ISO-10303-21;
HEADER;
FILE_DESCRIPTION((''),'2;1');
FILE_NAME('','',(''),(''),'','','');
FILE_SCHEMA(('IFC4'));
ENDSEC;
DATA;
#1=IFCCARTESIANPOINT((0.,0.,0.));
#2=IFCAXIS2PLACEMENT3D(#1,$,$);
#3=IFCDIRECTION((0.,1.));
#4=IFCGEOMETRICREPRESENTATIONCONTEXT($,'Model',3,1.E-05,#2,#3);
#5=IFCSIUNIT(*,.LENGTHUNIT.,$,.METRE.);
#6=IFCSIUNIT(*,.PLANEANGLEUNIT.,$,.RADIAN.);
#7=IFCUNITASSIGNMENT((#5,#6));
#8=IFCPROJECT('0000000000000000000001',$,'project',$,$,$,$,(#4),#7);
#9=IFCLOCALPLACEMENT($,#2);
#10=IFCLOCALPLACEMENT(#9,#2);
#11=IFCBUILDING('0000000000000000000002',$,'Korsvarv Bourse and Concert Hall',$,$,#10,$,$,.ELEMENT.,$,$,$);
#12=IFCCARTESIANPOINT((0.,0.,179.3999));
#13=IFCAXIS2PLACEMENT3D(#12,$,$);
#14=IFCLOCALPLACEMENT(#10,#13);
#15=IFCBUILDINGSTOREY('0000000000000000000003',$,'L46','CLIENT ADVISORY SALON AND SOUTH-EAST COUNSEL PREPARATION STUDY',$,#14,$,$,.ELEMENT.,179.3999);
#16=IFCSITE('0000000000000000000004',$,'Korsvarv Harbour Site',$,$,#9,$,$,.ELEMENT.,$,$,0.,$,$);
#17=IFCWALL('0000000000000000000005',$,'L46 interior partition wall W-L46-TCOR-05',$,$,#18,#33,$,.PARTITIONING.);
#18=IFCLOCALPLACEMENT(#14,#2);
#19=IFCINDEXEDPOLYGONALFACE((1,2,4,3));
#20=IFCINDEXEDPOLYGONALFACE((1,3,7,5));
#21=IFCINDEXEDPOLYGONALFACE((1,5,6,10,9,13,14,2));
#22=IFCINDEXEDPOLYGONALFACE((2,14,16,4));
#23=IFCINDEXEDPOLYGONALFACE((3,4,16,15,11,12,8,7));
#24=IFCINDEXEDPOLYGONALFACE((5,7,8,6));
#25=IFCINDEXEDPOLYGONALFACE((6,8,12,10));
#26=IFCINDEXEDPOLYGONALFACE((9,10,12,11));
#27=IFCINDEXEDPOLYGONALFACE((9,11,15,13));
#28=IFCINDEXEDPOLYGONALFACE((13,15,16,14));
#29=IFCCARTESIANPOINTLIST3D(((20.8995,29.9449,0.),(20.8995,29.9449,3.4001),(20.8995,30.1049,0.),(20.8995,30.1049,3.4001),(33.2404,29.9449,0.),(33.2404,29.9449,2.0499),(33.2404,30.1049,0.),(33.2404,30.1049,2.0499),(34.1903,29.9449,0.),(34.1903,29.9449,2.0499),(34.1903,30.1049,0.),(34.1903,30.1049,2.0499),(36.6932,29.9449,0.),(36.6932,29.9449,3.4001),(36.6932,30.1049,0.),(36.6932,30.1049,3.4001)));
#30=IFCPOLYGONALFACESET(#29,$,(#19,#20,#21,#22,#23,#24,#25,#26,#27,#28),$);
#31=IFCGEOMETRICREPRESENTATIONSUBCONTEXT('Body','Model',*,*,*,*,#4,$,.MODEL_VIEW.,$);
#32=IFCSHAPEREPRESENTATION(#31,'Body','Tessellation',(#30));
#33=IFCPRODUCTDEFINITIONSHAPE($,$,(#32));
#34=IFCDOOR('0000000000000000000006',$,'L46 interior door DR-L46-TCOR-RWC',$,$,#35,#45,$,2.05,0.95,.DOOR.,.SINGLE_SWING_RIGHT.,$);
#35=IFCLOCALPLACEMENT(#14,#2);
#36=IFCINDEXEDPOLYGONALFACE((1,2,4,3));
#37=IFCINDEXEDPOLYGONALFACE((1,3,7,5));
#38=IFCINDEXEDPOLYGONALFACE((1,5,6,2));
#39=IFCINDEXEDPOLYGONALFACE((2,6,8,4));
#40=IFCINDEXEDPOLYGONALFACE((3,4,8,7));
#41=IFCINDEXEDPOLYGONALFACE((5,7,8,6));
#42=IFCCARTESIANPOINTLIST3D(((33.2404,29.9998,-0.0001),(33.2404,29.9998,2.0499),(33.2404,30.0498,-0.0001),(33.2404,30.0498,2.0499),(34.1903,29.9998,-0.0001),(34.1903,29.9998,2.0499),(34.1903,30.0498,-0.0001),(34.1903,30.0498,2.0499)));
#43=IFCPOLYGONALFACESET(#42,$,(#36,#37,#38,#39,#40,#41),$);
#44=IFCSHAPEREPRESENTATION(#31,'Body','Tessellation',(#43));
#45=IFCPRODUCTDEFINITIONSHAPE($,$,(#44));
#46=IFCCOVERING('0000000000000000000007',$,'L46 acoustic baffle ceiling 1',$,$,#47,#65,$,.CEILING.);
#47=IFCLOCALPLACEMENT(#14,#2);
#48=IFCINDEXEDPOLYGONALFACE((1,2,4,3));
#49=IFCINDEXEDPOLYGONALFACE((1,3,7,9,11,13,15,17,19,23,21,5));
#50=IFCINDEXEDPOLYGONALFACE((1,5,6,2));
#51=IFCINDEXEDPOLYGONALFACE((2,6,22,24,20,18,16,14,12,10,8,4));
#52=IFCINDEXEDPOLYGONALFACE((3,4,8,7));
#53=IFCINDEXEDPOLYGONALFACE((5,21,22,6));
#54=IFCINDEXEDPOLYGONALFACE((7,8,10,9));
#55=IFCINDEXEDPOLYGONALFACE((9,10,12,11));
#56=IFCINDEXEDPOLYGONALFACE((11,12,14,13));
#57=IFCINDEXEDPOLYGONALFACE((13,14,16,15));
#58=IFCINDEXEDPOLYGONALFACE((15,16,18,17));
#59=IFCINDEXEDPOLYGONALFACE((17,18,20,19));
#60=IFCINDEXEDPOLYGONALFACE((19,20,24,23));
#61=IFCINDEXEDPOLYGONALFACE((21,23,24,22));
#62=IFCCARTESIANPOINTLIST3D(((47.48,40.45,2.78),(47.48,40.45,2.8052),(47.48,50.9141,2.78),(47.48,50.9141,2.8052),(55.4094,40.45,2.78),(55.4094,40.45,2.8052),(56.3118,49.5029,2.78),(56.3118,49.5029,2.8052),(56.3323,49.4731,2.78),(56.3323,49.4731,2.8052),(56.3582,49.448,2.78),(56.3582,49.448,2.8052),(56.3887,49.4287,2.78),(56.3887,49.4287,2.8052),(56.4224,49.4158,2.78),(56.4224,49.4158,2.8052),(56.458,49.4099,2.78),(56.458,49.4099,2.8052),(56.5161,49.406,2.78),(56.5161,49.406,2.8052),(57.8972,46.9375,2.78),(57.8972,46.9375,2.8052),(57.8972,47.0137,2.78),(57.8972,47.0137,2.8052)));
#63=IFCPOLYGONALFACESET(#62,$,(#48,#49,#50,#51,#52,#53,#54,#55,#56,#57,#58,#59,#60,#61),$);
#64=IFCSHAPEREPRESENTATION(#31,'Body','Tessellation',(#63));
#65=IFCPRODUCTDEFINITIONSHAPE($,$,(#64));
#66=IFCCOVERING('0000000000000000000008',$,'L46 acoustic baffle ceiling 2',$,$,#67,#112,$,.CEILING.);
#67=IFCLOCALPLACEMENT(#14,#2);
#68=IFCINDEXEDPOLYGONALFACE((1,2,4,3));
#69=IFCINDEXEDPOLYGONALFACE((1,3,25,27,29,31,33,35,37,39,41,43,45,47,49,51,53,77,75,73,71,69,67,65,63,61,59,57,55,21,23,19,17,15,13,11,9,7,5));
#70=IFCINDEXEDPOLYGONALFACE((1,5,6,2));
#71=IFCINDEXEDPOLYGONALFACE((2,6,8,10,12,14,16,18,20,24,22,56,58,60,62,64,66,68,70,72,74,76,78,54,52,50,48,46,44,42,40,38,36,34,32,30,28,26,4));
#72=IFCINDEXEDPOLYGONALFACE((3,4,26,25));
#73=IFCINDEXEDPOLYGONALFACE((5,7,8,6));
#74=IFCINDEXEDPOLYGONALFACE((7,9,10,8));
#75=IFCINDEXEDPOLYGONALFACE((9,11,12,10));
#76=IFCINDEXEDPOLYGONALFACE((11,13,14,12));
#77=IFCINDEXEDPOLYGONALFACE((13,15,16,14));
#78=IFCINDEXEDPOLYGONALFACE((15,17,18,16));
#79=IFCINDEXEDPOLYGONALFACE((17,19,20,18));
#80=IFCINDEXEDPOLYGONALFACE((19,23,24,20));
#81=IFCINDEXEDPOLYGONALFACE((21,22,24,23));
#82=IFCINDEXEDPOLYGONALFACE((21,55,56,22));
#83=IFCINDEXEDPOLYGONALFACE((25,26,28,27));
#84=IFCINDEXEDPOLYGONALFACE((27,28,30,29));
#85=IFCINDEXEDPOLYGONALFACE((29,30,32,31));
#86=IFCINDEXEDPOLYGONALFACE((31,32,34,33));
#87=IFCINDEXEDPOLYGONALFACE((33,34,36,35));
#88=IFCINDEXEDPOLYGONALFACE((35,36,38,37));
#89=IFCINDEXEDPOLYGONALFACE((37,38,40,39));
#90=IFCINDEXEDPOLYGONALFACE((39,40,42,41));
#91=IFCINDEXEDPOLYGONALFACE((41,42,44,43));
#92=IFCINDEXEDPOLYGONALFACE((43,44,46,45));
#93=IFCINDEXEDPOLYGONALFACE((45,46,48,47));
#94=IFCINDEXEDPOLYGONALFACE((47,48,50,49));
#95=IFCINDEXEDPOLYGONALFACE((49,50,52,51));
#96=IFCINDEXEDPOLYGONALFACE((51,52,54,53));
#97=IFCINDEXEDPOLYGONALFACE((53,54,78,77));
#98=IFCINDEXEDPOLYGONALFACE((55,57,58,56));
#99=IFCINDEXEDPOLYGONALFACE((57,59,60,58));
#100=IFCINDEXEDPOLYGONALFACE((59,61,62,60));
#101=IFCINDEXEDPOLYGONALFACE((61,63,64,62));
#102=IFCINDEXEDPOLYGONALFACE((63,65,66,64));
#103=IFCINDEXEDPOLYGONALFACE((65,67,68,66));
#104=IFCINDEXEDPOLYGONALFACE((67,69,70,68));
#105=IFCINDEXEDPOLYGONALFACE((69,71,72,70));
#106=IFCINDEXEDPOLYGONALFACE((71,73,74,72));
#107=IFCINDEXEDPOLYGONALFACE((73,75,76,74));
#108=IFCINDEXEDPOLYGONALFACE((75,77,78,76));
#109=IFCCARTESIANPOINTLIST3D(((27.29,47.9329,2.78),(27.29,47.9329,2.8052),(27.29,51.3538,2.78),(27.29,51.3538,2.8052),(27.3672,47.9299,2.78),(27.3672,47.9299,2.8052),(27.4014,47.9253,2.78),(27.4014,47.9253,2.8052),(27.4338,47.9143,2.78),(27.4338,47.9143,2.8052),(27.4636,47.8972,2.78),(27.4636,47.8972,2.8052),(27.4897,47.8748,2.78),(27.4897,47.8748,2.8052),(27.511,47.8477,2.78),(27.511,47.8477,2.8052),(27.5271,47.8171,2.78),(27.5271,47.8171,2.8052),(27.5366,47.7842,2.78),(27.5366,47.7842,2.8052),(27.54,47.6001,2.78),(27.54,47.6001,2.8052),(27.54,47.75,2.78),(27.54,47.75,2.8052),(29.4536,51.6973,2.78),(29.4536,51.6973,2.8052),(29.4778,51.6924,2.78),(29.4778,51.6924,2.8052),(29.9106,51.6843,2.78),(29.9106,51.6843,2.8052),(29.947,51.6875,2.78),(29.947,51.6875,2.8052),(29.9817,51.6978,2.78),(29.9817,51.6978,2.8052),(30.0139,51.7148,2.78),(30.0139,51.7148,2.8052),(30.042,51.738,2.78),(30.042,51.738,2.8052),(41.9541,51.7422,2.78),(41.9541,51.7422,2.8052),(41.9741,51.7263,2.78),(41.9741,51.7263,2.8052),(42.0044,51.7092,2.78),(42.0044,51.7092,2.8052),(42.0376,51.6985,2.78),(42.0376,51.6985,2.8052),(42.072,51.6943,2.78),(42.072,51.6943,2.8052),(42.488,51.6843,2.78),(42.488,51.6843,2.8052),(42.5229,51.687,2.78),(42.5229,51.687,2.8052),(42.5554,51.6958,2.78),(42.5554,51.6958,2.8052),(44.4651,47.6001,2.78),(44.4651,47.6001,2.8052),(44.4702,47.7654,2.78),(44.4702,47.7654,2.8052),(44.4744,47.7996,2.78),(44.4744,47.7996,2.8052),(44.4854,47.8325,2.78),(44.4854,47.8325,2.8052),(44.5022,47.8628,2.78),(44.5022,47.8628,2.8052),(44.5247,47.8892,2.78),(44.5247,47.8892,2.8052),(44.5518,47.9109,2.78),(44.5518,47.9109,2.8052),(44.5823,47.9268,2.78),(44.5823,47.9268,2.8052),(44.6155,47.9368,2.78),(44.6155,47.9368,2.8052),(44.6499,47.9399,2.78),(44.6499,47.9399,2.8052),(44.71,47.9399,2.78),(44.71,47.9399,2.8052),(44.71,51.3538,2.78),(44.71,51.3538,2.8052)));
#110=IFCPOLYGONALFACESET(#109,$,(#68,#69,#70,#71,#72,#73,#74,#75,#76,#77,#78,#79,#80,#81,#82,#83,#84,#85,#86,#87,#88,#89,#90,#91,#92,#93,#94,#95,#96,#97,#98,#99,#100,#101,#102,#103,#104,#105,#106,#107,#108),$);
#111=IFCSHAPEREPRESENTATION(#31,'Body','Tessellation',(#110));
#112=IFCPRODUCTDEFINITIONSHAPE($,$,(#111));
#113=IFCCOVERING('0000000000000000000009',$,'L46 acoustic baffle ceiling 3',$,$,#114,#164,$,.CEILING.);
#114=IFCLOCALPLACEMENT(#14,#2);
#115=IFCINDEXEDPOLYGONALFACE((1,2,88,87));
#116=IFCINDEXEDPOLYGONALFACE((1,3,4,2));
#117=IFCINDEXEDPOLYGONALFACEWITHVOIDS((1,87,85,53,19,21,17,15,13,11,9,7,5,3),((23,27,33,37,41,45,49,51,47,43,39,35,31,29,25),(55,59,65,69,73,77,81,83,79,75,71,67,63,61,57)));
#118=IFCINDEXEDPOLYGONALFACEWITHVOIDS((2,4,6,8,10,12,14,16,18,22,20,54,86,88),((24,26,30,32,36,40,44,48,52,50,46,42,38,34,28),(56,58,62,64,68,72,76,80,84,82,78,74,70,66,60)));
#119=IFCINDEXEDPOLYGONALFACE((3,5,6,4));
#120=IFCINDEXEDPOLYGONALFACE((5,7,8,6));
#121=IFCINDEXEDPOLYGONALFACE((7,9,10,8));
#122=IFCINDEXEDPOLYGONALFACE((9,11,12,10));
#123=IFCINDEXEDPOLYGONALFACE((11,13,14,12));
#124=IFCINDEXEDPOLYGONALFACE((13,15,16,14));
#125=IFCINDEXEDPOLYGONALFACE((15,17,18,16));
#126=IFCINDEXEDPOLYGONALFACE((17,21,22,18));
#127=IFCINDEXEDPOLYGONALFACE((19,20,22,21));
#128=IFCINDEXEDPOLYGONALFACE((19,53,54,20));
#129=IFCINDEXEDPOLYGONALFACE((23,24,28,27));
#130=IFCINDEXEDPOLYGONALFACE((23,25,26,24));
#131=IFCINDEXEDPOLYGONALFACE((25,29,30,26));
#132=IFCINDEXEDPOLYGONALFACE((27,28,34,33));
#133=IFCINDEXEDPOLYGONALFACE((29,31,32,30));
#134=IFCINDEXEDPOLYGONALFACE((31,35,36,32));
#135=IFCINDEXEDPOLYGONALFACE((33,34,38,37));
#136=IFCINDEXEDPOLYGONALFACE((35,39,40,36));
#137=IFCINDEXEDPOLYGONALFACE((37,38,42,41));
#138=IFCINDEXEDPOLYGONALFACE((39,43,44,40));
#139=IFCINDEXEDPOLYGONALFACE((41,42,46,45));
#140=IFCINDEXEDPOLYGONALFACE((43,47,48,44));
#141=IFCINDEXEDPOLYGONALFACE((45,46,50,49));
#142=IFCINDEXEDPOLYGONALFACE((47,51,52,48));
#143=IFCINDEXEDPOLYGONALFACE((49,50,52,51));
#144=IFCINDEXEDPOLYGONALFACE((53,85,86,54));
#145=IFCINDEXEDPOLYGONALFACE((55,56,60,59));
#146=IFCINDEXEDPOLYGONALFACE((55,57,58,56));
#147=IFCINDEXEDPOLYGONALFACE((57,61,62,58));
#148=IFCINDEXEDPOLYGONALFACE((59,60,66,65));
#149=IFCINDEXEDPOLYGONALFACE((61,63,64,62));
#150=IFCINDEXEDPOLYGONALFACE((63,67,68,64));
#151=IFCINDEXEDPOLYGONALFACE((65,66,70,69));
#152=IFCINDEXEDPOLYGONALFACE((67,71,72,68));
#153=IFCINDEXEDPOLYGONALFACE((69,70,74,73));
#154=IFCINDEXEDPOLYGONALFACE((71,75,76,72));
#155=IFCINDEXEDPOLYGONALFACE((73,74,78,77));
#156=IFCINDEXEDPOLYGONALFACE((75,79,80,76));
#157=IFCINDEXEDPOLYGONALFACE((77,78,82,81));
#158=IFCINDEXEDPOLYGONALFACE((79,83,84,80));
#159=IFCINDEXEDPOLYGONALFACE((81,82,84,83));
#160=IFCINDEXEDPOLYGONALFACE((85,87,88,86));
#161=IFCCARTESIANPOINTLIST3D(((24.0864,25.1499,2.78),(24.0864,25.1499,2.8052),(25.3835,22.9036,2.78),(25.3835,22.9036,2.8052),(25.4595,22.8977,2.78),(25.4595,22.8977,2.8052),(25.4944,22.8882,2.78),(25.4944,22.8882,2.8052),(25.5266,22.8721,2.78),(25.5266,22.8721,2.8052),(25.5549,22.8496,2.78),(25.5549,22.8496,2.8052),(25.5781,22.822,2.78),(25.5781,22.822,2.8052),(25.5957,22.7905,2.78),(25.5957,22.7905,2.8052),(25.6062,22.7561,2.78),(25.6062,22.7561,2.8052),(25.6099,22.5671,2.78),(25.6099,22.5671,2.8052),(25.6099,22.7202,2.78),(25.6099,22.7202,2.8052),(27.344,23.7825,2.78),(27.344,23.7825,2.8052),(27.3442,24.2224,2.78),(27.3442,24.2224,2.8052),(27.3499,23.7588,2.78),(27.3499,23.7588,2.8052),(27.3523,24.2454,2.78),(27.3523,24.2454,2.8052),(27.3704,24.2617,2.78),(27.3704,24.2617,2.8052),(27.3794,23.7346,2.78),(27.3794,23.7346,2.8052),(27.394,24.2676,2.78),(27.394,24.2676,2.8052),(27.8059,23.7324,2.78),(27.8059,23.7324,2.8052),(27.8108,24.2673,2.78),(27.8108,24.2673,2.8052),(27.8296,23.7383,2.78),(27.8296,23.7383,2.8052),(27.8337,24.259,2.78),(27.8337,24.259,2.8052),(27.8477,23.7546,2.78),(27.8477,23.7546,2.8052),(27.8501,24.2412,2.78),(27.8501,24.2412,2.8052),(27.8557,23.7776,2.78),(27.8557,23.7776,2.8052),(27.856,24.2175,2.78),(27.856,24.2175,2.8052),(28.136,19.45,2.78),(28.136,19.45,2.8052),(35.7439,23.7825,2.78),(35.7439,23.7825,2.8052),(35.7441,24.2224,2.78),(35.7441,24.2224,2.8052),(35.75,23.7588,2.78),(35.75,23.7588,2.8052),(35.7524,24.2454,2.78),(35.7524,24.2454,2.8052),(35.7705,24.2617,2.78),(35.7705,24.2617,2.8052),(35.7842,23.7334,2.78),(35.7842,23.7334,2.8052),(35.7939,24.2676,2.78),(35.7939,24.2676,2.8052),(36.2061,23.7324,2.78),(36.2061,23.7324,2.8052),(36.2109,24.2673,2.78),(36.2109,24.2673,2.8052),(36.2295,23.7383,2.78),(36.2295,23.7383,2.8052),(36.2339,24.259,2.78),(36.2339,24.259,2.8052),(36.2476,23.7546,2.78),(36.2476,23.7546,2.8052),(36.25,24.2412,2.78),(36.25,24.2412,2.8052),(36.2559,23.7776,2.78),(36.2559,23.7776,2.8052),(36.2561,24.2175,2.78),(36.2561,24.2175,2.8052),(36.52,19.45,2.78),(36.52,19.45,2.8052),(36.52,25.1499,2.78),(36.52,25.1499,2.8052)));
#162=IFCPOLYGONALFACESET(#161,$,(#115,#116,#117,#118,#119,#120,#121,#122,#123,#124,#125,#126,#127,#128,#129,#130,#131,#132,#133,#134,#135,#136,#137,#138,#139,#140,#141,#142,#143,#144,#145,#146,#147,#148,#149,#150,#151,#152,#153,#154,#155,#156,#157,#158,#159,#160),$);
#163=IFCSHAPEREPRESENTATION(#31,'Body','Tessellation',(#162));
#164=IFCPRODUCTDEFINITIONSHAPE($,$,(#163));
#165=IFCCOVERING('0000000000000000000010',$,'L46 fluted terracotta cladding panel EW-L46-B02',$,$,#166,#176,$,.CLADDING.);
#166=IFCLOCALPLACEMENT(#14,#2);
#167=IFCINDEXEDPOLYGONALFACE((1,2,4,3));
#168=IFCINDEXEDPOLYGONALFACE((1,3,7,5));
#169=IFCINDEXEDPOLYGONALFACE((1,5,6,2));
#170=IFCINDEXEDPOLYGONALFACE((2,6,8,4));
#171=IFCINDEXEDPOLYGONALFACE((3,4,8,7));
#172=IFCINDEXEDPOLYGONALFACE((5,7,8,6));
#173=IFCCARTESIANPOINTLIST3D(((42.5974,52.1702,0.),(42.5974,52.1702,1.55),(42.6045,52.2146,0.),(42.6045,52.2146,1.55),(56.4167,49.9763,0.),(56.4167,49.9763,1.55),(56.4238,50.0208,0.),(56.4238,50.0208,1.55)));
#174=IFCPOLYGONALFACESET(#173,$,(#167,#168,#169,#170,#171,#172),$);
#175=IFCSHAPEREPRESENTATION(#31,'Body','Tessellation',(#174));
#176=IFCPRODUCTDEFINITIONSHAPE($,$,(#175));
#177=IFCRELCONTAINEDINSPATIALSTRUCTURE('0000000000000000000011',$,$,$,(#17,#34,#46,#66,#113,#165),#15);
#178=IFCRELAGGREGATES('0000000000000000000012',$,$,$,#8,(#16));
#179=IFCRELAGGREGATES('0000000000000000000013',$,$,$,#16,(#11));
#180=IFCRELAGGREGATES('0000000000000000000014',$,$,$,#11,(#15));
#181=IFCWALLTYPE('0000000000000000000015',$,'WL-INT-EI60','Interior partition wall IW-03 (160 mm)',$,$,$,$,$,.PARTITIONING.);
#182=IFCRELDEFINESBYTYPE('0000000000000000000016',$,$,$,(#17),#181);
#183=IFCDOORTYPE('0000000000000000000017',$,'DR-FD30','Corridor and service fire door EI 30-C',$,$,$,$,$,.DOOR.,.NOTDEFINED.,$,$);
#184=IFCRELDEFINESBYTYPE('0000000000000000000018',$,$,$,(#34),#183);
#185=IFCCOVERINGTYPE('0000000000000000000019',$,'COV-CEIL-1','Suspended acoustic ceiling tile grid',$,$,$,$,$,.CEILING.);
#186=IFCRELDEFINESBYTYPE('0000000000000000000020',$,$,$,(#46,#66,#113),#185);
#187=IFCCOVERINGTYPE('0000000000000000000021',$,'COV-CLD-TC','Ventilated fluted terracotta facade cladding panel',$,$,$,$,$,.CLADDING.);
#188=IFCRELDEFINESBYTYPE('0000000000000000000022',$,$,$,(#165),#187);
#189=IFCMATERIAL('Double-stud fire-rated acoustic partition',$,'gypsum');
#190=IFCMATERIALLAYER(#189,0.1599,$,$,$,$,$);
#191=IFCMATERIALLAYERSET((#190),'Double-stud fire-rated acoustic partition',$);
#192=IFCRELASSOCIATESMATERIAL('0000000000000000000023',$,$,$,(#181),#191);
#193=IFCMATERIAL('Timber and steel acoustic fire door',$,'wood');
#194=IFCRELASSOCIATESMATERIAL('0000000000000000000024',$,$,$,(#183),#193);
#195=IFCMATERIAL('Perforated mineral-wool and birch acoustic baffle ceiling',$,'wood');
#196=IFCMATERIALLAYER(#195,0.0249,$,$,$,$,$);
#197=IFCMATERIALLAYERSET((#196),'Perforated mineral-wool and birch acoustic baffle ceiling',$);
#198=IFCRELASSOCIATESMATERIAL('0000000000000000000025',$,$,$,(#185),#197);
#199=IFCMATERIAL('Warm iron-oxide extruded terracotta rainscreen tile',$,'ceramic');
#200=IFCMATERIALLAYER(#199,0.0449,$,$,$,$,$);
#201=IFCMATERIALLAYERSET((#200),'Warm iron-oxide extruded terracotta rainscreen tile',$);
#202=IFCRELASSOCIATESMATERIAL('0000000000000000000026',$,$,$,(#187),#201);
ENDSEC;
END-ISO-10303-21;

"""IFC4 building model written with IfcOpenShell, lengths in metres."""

from ifc_helpers import new_model, si_unit, direction, frame, frame_2d, origin, place, context, subcontext, project, spatial, polyline, rectangle, outline, extrude, material, layer, layer_set, type_object, element, fill, save


model = new_model("IFC4")

# Units and contexts
model_context = context("Model", 3, precision=1e-05, world=origin(), true_north=direction((0.0, 1.0)))
body_context = subcontext(model_context, "Body", "Model", "MODEL_VIEW")
ifc_project = project(units=[si_unit("LENGTHUNIT", "METRE"), si_unit("PLANEANGLEUNIT", "RADIAN")], contexts=[model_context])

# Site, building, storey
site_placement = place(None, origin())
site = spatial("IfcSite", under=ifc_project, at=site_placement, Name="Korsvarv Harbour Site", CompositionType="ELEMENT", RefElevation=0.0)
building_placement = place(site_placement, origin())
building = spatial("IfcBuilding", under=site, at=building_placement, Name="Korsvarv Bourse and Concert Hall", CompositionType="ELEMENT")
storey_placement = place(building_placement, frame((0.0, 0.0, 179.3999)))
storey = spatial("IfcBuildingStorey", under=building, at=storey_placement, Name="L46", Description="CLIENT ADVISORY SALON AND SOUTH-EAST COUNSEL PREPARATION STUDY", CompositionType="ELEMENT", Elevation=179.3999)

# Wall, opening, door
ifc_material_1 = material(Name="Double-stud fire-rated acoustic partition", Category="gypsum")
ifc_layer_1 = layer(ifc_material_1, 0.1599)
ifc_layer_set_1 = layer_set([ifc_layer_1], Name="Double-stud fire-rated acoustic partition")
wall_type = type_object("IfcWallType", Name="WL-INT-EI60", Description="Interior partition wall IW-03 (160 mm)", PredefinedType="PARTITIONING", material=ifc_layer_set_1)
wall_placement = place(storey_placement, frame((20.8994, 30.0249, 0.0), z_axis=(0.0, 0.0, 1.0), x_axis=(1.0, 0.0, 0.0)))
wall = element("IfcWall", 1, at=wall_placement, inside=storey, type_object=wall_type, Name="L46 interior partition wall W-L46-TCOR-05", PredefinedType="PARTITIONING", context=body_context, shape_type="SweptSolid", body=[
    extrude(rectangle(XDim=15.7937, YDim=0.1599, at=frame_2d((7.897, 0.0))), origin(), (0.0, 0.0, 1.0), 3.4001),
])
opening_placement = place(wall_placement, frame((12.3408, 0.0, 0.0)))
opening = element("IfcOpeningElement", 2, at=opening_placement, cuts=wall, PredefinedType="OPENING", context=body_context, shape_type="SweptSolid", body=[
    extrude(rectangle(XDim=0.95, YDim=2.05, at=frame_2d((0.4751, 1.0249))), frame((0.0, 0.0898, 0.0), z_axis=(0.0, -1.0, 0.0), x_axis=(1.0, 0.0, 0.0)), (0.0, 0.0, 1.0), 0.1799),
])
ifc_material_2 = material(Name="Timber and steel acoustic fire door", Category="wood")
door_type = type_object("IfcDoorType", Name="DR-FD30", Description="Corridor and service fire door EI 30-C", OperationType="NOTDEFINED", PredefinedType="DOOR", material=ifc_material_2)
door_placement = place(opening_placement, origin())
door = element("IfcDoor", 3, at=door_placement, inside=storey, type_object=door_type, Name="L46 interior door DR-L46-TCOR-RWC", OperationType="SINGLE_SWING_RIGHT", OverallHeight=2.05, OverallWidth=0.95, PredefinedType="DOOR", context=body_context, shape_type="SweptSolid", body=[
    extrude(rectangle(XDim=0.95, YDim=2.05, at=frame_2d((0.4751, 1.0249))), frame((0.0, 0.0249, 0.0), z_axis=(0.0, -1.0, 0.0), x_axis=(1.0, 0.0, 0.0)), (0.0, 0.0, 1.0), 0.05),
])
fill(opening, door)

# Coverings
ifc_material_3 = material(Name="Perforated mineral-wool and birch acoustic baffle ceiling", Category="wood")
ifc_layer_2 = layer(ifc_material_3, 0.0249)
ifc_layer_set_2 = layer_set([ifc_layer_2], Name="Perforated mineral-wool and birch acoustic baffle ceiling")
covering_type_1 = type_object("IfcCoveringType", Name="COV-CEIL-1", Description="Suspended acoustic ceiling tile grid", PredefinedType="CEILING", material=ifc_layer_set_2)
covering_1_placement = place(storey_placement, frame((0.0, 0.0, 2.78)))
element("IfcCovering", 4, at=covering_1_placement, inside=storey, type_object=covering_type_1, Name="L46 acoustic baffle ceiling 1", PredefinedType="CEILING", context=body_context, shape_type="SweptSolid", body=[
    extrude(outline(polyline([(56.3118, 49.5029), (56.3323, 49.4731), (56.3582, 49.448), (56.3887, 49.4287), (56.4224, 49.4158), (56.458, 49.4099), (56.5161, 49.406), (57.8972, 47.0137), (57.8972, 46.9375), (55.4094, 40.45), (47.48, 40.45), (47.48, 50.9141), (56.3118, 49.5029)])), origin(), (0.0, 0.0, 1.0), 0.0251),
])
covering_2_placement = place(storey_placement, frame((0.0, 0.0, 2.78)))
element("IfcCovering", 5, at=covering_2_placement, inside=storey, type_object=covering_type_1, Name="L46 acoustic baffle ceiling 2", PredefinedType="CEILING", context=body_context, shape_type="SweptSolid", body=[
    extrude(outline(polyline([(29.4536, 51.6973), (29.4778, 51.6924), (29.9106, 51.6843), (29.947, 51.6875), (29.9817, 51.6978), (30.0139, 51.7148), (30.042, 51.738), (41.9541, 51.7422), (41.9741, 51.7263), (42.0044, 51.7092), (42.0376, 51.6985), (42.072, 51.6943), (42.488, 51.6843), (42.5229, 51.687), (42.5554, 51.6958), (44.71, 51.3538), (44.71, 47.9399), (44.6499, 47.9399), (44.6155, 47.9368), (44.5823, 47.9268), (44.5518, 47.9109), (44.5247, 47.8892), (44.5022, 47.8628), (44.4854, 47.8325), (44.4744, 47.7996), (44.4702, 47.7654), (44.4651, 47.6001), (27.54, 47.6001), (27.54, 47.75), (27.5366, 47.7842), (27.5271, 47.8171), (27.511, 47.8477), (27.4897, 47.8748), (27.4636, 47.8972), (27.4338, 47.9143), (27.4014, 47.9253), (27.3672, 47.9299), (27.29, 47.9329), (27.29, 51.3538), (29.4536, 51.6973)])), origin(), (0.0, 0.0, 1.0), 0.0251),
])
covering_3_placement = place(storey_placement, frame((0.0, 0.0, 2.78)))
element("IfcCovering", 6, at=covering_3_placement, inside=storey, type_object=covering_type_1, Name="L46 acoustic baffle ceiling 3", PredefinedType="CEILING", context=body_context, shape_type="SweptSolid", body=[
    extrude(outline(polyline([(28.136, 19.45), (25.6099, 22.5671), (25.6099, 22.7202), (25.6062, 22.7561), (25.5957, 22.7905), (25.5781, 22.822), (25.5549, 22.8496), (25.5266, 22.8721), (25.4944, 22.8882), (25.4595, 22.8977), (25.3835, 22.9036), (24.0864, 25.1499), (36.52, 25.1499), (36.52, 19.45), (28.136, 19.45)]), holes=[polyline([(27.3794, 23.7346), (27.8059, 23.7324), (27.8296, 23.7383), (27.8477, 23.7546), (27.8557, 23.7776), (27.856, 24.2175), (27.8501, 24.2412), (27.8337, 24.259), (27.8108, 24.2673), (27.394, 24.2676), (27.3704, 24.2617), (27.3523, 24.2454), (27.3442, 24.2224), (27.344, 23.7825), (27.3499, 23.7588), (27.3794, 23.7346)]), polyline([(35.7842, 23.7334), (36.2061, 23.7324), (36.2295, 23.7383), (36.2476, 23.7546), (36.2559, 23.7776), (36.2561, 24.2175), (36.25, 24.2412), (36.2339, 24.259), (36.2109, 24.2673), (35.7939, 24.2676), (35.7705, 24.2617), (35.7524, 24.2454), (35.7441, 24.2224), (35.7439, 23.7825), (35.75, 23.7588), (35.7842, 23.7334)])]), origin(), (0.0, 0.0, 1.0), 0.0251),
])
ifc_material_4 = material(Name="Warm iron-oxide extruded terracotta rainscreen tile", Category="ceramic")
ifc_layer_3 = layer(ifc_material_4, 0.0449)
ifc_layer_set_3 = layer_set([ifc_layer_3], Name="Warm iron-oxide extruded terracotta rainscreen tile")
covering_type_2 = type_object("IfcCoveringType", Name="COV-CLD-TC", Description="Ventilated fluted terracotta facade cladding panel", PredefinedType="CLADDING", material=ifc_layer_set_3)
covering_4_placement = place(storey_placement, origin())
element("IfcCovering", 7, at=covering_4_placement, inside=storey, type_object=covering_type_2, Name="L46 fluted terracotta cladding panel EW-L46-B02", PredefinedType="CLADDING", context=body_context, shape_type="SweptSolid", body=[
    extrude(outline(polyline([(56.4167, 49.9763), (42.5974, 52.1702), (42.6045, 52.2146), (56.4238, 50.0208), (56.4167, 49.9763)])), origin(), (0.0, 0.0, 1.0), 1.55),
])

save(model, "model.ifc")
